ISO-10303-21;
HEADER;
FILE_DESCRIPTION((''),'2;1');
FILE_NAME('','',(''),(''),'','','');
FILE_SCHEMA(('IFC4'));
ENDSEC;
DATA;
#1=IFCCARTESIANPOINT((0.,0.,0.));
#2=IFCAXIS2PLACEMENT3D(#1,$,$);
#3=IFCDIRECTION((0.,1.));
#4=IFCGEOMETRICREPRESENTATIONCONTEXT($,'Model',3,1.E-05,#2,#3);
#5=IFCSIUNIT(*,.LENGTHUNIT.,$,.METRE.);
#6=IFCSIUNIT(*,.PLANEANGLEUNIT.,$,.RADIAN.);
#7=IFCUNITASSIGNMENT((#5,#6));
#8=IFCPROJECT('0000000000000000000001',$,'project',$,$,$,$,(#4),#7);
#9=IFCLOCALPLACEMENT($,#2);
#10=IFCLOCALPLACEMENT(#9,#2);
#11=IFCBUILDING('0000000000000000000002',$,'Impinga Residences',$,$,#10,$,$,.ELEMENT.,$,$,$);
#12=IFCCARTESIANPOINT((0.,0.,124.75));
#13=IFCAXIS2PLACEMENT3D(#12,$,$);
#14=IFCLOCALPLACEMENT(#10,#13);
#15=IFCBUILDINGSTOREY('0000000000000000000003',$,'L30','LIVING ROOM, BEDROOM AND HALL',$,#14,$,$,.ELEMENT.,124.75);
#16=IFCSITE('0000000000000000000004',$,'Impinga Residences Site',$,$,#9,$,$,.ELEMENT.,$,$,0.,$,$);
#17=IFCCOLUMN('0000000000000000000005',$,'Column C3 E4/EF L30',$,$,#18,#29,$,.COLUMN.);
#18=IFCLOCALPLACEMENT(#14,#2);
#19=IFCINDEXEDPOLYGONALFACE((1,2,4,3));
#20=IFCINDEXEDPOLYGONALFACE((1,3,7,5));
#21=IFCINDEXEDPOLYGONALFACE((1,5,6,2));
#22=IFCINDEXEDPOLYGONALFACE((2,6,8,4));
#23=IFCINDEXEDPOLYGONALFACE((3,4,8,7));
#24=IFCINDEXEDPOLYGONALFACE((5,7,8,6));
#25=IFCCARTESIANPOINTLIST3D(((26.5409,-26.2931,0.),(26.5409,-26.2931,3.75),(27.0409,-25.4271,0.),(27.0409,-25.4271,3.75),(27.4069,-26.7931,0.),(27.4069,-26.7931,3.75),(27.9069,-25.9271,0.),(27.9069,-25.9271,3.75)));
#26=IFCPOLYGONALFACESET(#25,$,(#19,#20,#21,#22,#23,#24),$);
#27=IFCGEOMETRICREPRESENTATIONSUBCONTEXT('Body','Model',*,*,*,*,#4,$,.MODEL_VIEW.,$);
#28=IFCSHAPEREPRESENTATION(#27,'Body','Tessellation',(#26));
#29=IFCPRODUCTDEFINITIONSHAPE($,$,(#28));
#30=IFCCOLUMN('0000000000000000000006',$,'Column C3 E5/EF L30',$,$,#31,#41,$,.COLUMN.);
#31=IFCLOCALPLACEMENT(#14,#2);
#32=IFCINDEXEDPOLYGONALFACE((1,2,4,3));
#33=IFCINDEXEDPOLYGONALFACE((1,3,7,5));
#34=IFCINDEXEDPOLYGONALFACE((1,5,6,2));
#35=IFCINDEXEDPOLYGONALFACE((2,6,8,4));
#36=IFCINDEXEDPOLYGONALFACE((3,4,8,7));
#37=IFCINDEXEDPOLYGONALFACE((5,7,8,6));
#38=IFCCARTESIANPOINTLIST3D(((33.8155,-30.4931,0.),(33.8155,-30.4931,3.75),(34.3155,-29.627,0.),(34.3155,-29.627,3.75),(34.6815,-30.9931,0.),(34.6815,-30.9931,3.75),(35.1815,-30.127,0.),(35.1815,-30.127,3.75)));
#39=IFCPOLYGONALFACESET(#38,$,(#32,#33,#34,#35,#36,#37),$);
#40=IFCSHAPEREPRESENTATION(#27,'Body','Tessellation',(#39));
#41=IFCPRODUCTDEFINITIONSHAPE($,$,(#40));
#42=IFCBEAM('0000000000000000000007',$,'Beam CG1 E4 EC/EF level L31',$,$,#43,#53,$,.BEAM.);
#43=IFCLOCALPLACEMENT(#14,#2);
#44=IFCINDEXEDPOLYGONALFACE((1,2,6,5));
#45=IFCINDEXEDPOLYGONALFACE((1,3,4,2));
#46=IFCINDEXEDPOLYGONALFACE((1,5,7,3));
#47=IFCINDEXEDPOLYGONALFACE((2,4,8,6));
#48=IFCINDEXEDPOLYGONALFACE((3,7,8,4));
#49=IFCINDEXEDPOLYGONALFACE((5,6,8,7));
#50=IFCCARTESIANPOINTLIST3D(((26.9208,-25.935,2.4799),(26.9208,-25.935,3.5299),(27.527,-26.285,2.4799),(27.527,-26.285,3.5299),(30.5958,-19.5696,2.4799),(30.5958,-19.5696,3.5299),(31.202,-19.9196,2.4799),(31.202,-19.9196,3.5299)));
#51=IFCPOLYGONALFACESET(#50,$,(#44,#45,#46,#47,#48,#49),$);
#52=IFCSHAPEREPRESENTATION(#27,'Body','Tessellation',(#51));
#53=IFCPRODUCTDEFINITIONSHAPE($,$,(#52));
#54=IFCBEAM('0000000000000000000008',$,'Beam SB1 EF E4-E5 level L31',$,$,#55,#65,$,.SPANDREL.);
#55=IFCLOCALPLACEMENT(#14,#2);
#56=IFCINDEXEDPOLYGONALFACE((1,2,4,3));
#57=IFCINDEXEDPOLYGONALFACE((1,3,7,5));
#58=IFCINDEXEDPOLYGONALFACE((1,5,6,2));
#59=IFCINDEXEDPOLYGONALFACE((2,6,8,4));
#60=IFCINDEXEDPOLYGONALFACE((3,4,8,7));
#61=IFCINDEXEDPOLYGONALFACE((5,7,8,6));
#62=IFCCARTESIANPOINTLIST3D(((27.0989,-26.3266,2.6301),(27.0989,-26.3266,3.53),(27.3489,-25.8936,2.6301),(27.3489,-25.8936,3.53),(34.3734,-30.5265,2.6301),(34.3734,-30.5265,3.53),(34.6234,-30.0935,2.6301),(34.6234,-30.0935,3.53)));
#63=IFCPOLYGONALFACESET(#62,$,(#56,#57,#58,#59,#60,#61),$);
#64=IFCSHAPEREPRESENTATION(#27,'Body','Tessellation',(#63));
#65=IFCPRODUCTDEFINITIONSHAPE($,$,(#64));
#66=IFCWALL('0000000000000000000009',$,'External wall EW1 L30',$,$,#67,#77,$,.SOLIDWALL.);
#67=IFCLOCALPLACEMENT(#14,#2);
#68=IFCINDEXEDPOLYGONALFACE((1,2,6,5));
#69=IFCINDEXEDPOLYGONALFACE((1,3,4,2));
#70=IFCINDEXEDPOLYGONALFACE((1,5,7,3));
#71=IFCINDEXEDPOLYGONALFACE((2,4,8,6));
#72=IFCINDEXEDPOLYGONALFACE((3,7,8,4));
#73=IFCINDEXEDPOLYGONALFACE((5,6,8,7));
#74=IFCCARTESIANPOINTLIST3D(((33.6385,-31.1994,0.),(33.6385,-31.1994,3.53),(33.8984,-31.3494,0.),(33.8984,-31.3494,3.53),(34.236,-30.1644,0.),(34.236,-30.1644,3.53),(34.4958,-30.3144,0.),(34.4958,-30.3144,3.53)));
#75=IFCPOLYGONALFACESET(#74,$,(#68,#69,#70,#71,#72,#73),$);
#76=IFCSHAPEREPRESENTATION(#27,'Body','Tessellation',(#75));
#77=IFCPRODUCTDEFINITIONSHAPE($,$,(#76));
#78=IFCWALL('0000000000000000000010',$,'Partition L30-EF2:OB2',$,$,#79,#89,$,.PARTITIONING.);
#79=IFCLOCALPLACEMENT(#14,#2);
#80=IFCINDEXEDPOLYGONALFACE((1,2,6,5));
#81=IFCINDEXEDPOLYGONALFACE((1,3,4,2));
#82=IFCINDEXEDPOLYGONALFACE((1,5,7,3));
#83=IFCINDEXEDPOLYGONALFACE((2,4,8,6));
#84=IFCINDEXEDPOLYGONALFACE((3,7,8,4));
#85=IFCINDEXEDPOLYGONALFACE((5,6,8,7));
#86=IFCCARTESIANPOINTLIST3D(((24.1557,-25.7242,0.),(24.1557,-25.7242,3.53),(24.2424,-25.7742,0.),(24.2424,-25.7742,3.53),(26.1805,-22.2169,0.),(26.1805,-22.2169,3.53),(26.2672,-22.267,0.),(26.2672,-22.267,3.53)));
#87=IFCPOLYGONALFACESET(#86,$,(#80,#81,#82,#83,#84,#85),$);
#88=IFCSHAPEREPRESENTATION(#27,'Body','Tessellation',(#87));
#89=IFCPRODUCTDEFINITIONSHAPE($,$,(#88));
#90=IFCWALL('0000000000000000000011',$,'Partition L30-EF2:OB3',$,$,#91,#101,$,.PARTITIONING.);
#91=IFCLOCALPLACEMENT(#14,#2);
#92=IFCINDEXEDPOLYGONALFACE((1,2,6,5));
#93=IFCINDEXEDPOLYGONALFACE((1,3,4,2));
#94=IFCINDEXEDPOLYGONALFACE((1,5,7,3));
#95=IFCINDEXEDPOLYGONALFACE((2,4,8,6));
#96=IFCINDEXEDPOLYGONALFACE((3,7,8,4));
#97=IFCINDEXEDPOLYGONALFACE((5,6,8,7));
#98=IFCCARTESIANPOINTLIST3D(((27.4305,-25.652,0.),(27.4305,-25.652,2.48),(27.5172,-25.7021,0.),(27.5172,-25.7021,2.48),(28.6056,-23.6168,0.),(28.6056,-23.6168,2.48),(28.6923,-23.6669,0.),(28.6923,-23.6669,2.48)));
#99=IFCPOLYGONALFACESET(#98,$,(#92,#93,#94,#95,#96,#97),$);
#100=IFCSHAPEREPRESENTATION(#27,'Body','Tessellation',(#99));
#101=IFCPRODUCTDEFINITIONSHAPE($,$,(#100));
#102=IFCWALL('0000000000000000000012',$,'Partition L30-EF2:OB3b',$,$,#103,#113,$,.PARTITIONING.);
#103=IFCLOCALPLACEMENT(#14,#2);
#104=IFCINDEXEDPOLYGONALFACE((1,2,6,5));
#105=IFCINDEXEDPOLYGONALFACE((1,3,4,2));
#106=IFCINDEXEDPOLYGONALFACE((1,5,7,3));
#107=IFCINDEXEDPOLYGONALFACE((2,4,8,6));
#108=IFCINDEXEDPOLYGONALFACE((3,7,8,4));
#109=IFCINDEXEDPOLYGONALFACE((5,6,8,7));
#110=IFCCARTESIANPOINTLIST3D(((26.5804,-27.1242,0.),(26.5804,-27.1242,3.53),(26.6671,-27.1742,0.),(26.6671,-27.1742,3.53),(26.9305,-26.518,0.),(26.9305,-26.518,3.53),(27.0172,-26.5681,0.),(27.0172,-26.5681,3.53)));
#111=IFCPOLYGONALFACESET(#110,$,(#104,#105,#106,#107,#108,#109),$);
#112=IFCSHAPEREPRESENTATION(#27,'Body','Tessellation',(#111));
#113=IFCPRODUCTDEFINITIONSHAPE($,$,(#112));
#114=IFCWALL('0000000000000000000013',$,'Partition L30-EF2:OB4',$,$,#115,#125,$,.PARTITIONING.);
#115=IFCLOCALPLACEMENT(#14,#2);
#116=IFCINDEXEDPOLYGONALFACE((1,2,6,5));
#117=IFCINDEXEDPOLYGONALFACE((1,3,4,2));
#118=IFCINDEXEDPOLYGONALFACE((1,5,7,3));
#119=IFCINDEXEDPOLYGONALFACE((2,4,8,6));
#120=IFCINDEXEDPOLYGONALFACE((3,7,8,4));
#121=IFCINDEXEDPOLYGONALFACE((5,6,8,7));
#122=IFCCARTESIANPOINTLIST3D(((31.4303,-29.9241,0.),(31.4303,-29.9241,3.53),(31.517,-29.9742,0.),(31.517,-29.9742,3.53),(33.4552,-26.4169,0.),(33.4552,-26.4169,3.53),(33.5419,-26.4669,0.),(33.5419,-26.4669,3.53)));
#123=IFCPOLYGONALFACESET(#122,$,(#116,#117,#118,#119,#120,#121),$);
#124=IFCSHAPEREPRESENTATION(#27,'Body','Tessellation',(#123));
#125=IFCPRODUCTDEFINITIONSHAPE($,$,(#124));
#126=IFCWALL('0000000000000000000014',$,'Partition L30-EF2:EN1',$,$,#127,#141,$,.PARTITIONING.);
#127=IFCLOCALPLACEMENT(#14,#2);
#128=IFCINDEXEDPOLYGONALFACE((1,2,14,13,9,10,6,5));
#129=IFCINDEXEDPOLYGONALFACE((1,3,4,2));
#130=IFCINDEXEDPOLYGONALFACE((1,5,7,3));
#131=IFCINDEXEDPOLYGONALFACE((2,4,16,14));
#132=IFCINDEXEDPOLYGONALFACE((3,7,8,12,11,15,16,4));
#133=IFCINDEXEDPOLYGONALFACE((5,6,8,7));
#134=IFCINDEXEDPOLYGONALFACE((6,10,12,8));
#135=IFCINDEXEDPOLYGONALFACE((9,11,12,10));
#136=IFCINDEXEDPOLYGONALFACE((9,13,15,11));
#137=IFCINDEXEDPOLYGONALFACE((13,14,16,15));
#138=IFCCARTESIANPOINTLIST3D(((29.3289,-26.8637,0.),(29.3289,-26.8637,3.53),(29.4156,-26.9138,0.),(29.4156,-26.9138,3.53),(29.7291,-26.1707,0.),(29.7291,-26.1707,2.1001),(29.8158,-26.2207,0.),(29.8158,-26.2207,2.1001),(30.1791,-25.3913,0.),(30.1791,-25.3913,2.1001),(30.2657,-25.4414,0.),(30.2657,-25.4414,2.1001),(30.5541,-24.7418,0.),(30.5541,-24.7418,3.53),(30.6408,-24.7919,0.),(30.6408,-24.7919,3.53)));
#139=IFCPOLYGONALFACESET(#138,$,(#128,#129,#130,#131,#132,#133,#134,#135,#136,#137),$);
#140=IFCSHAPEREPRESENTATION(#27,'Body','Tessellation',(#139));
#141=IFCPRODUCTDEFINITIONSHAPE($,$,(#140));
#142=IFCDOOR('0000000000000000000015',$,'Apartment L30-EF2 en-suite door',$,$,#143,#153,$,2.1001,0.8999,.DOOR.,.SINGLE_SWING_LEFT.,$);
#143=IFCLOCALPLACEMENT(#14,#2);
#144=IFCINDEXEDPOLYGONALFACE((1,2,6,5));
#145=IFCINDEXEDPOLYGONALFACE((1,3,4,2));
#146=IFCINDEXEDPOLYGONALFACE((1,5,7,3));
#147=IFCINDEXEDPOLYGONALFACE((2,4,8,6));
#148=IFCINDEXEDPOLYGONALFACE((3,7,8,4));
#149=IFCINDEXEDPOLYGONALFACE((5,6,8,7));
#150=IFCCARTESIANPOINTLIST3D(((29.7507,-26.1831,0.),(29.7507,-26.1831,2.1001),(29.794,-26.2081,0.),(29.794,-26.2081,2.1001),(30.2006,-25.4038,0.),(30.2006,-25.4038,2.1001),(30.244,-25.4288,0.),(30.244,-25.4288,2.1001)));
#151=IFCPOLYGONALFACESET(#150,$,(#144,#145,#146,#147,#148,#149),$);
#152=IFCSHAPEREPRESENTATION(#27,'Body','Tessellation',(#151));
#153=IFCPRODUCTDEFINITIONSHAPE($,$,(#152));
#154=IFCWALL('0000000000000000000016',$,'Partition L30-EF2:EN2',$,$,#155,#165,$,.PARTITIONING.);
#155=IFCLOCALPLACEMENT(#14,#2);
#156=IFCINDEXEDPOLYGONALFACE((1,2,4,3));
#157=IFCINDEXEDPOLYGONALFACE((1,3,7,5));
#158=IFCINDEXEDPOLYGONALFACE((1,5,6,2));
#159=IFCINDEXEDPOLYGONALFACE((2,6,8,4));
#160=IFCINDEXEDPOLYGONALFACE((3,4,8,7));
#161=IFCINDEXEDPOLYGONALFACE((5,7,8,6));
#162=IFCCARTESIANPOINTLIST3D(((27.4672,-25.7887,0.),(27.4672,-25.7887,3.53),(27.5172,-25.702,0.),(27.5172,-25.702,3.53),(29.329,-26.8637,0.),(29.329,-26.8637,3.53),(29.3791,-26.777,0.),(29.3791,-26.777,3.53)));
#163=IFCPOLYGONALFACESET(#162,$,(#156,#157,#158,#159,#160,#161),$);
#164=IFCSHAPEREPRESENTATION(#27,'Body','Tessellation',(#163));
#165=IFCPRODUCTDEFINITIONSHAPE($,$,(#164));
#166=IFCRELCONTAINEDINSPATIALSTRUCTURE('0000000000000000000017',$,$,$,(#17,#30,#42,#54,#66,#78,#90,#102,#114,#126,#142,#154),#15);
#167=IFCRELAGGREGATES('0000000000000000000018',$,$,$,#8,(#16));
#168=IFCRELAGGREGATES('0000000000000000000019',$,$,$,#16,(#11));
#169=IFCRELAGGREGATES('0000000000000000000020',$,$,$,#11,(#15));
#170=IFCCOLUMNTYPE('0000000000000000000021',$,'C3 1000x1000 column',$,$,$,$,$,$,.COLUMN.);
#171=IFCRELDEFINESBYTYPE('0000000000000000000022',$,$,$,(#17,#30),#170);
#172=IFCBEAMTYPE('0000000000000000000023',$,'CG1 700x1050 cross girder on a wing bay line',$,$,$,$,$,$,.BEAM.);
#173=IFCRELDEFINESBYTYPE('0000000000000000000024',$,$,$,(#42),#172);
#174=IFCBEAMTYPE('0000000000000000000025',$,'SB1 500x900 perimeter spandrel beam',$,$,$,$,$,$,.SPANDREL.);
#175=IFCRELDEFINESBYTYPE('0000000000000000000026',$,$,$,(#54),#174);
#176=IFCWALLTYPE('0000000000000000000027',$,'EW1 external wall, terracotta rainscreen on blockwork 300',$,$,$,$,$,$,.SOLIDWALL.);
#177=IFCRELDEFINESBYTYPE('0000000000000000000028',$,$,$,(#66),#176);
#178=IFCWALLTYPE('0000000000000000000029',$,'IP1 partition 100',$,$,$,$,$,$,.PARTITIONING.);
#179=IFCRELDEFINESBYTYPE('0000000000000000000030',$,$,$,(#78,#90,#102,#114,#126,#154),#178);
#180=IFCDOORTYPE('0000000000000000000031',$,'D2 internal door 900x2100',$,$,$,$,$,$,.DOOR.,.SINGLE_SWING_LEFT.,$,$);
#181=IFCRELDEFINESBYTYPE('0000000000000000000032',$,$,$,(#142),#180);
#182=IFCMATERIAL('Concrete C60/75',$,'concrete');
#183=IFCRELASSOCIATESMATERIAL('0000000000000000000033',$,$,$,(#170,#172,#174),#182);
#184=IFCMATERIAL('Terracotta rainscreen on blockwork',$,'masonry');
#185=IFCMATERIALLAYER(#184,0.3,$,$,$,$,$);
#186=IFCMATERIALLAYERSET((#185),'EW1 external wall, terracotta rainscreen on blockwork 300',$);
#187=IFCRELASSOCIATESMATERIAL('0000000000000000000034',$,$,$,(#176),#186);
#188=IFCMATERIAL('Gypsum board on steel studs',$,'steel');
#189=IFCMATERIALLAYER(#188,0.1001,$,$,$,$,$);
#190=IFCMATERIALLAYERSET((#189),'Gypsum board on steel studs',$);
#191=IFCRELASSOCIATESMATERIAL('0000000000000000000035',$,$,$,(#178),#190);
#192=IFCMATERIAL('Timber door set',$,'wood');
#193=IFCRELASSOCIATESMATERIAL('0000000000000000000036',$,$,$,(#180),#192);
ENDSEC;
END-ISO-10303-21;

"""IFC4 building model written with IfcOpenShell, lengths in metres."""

from ifc_helpers import new_model, si_unit, direction, frame, frame_2d, origin, origin_2d, place, context, subcontext, project, spatial, rectangle, extrude, material, layer, layer_set, material_profile, profile_set, type_object, element, fill, save


model = new_model("IFC4")

# Units and contexts
model_context = context("Model", 3, precision=1e-05, world=origin(), true_north=direction((0.0, 1.0)))
body_context = subcontext(model_context, "Body", "Model", "MODEL_VIEW")
ifc_project = project(units=[si_unit("LENGTHUNIT", "METRE"), si_unit("PLANEANGLEUNIT", "RADIAN")], contexts=[model_context])

# Site, building, storey
site_placement = place(None, origin())
site = spatial("IfcSite", under=ifc_project, at=site_placement, Name="Impinga Residences Site", CompositionType="ELEMENT", RefElevation=0.0)
building_placement = place(site_placement, origin())
building = spatial("IfcBuilding", under=site, at=building_placement, Name="Impinga Residences", CompositionType="ELEMENT")
storey_placement = place(building_placement, frame((0.0, 0.0, 124.75)))
storey = spatial("IfcBuildingStorey", under=building, at=storey_placement, Name="L30", Description="LIVING ROOM, BEDROOM AND HALL", CompositionType="ELEMENT", Elevation=124.75)

# Columns
ifc_material_1 = material(Name="Concrete C60/75", Category="concrete")
ifc_material_profile_1 = material_profile(ifc_material_1, rectangle(XDim=1.0, YDim=1.0, at=origin_2d()), Name="RC 1000x1000")
ifc_profile_set_1 = profile_set([ifc_material_profile_1], Name="Concrete C60/75")
column_type = type_object("IfcColumnType", Name="C3 1000x1000 column", PredefinedType="COLUMN", material=ifc_profile_set_1)
for number, where, z_axis, x_axis, name in (
    (1, (27.2239, -26.1101, 0.0), (0.0, 0.0, 1.0), (-0.5, -0.866025, 0.0), "Column C3 E4/EF L30"),
    (2, (34.4985, -30.3101, 0.0), (0.0, 0.0, 1.0), (-0.5, -0.866025, 0.0), "Column C3 E5/EF L30"),
):
    element("IfcColumn", number, at=place(storey_placement, frame(where, z_axis=z_axis, x_axis=x_axis)), inside=storey, type_object=column_type, Name=name, PredefinedType="COLUMN", context=body_context, shape_type="SweptSolid", body=[
        extrude(rectangle(XDim=1.0, YDim=1.0, at=origin_2d()), origin(), (0.0, 0.0, 1.0), 3.75),
    ])

# Beams
ifc_material_profile_2 = material_profile(ifc_material_1, rectangle(XDim=0.7, YDim=1.05, at=origin_2d()), Name="RC 700x1050")
ifc_profile_set_2 = profile_set([ifc_material_profile_2], Name="Concrete C60/75")
beam_type_1 = type_object("IfcBeamType", Name="CG1 700x1050 cross girder on a wing bay line", PredefinedType="BEAM", material=ifc_profile_set_2)
beam_1_placement = place(storey_placement, frame((30.8989, -19.7446, 3.0049), z_axis=(-0.499994, -0.866029, 0.0), x_axis=(0.866029, -0.499994, 0.0)))
element("IfcBeam", 3, at=beam_1_placement, inside=storey, type_object=beam_type_1, Name="Beam CG1 E4 EC/EF level L31", PredefinedType="BEAM", context=body_context, shape_type="SweptSolid", body=[
    extrude(rectangle(XDim=0.7, YDim=1.05, at=origin_2d()), origin(), (0.0, 0.0, 1.0), 7.3501),
])
ifc_material_profile_3 = material_profile(ifc_material_1, rectangle(XDim=0.5, YDim=0.8999, at=origin_2d()), Name="RC 500x900")
ifc_profile_set_3 = profile_set([ifc_material_profile_3], Name="Concrete C60/75")
beam_type_2 = type_object("IfcBeamType", Name="SB1 500x900 perimeter spandrel beam", PredefinedType="SPANDREL", material=ifc_profile_set_3)
beam_2_placement = place(storey_placement, frame((27.2239, -26.1101, 3.0801), z_axis=(0.866029, -0.499993, 0.0), x_axis=(0.499993, 0.866029, 0.0)))
element("IfcBeam", 4, at=beam_2_placement, inside=storey, type_object=beam_type_2, Name="Beam SB1 EF E4-E5 level L31", PredefinedType="SPANDREL", context=body_context, shape_type="SweptSolid", body=[
    extrude(rectangle(XDim=0.5, YDim=0.8999, at=origin_2d()), origin(), (0.0, 0.0, 1.0), 8.3999),
])

# Wall
ifc_material_2 = material(Name="Terracotta rainscreen on blockwork", Category="masonry")
ifc_layer_1 = layer(ifc_material_2, 0.3)
ifc_layer_set_1 = layer_set([ifc_layer_1], Name="EW1 external wall, terracotta rainscreen on blockwork 300")
wall_type_1 = type_object("IfcWallType", Name="EW1 external wall, terracotta rainscreen on blockwork 300", PredefinedType="SOLIDWALL", material=ifc_layer_set_1)
wall_1_placement = place(storey_placement, frame((34.366, -30.2393, 0.0), z_axis=(0.0, 0.0, 1.0), x_axis=(-0.499941, -0.86606, 0.0)))
element("IfcWall", 5, at=wall_1_placement, inside=storey, type_object=wall_type_1, Name="External wall EW1 L30", PredefinedType="SOLIDWALL", context=body_context, shape_type="SweptSolid", body=[
    extrude(rectangle(XDim=1.1951, YDim=0.3, at=frame_2d((0.5977, 0.0))), origin(), (0.0, 0.0, 1.0), 3.53),
])

# Walls
ifc_material_3 = material(Name="Gypsum board on steel studs", Category="steel")
ifc_layer_2 = layer(ifc_material_3, 0.1001)
ifc_layer_set_2 = layer_set([ifc_layer_2], Name="Gypsum board on steel studs")
wall_type_2 = type_object("IfcWallType", Name="IP1 partition 100", PredefinedType="PARTITIONING", material=ifc_layer_set_2)
wall_2_placement = place(storey_placement, frame((26.2239, -22.2419, 0.0), z_axis=(0.0, 0.0, 1.0), x_axis=(-0.49999, -0.866031, 0.0)))
element("IfcWall", 6, at=wall_2_placement, inside=storey, type_object=wall_type_2, Name="Partition L30-EF2:OB2", PredefinedType="PARTITIONING", context=body_context, shape_type="SweptSolid", body=[
    extrude(rectangle(XDim=4.0498, YDim=0.1001, at=frame_2d((2.0249, 0.0))), origin(), (0.0, 0.0, 1.0), 3.53),
])
wall_3_placement = place(storey_placement, frame((28.6489, -23.6418, 0.0), z_axis=(0.0, 0.0, 1.0), x_axis=(-0.500016, -0.866016, 0.0)))
element("IfcWall", 7, at=wall_3_placement, inside=storey, type_object=wall_type_2, Name="Partition L30-EF2:OB3", PredefinedType="PARTITIONING", context=body_context, shape_type="SweptSolid", body=[
    extrude(rectangle(XDim=2.3501, YDim=0.1001, at=frame_2d((1.175, 0.0))), origin(), (0.0, 0.0, 1.0), 2.48),
])
wall_4_placement = place(storey_placement, frame((26.9739, -26.543, 0.0), z_axis=(0.0, 0.0, 1.0), x_axis=(-0.500115, -0.865959, 0.0)))
element("IfcWall", 8, at=wall_4_placement, inside=storey, type_object=wall_type_2, Name="Partition L30-EF2:OB3b", PredefinedType="PARTITIONING", context=body_context, shape_type="SweptSolid", body=[
    extrude(rectangle(XDim=0.7, YDim=0.1001, at=frame_2d((0.3501, 0.0))), origin(), (0.0, 0.0, 1.0), 3.53),
])
wall_5_placement = place(storey_placement, frame((33.4985, -26.4419, 0.0), z_axis=(0.0, 0.0, 1.0), x_axis=(-0.49999, -0.866031, 0.0)))
element("IfcWall", 9, at=wall_5_placement, inside=storey, type_object=wall_type_2, Name="Partition L30-EF2:OB4", PredefinedType="PARTITIONING", context=body_context, shape_type="SweptSolid", body=[
    extrude(rectangle(XDim=4.0498, YDim=0.1001, at=frame_2d((2.0249, 0.0))), origin(), (0.0, 0.0, 1.0), 3.53),
])

# Wall, opening, door
wall_6_placement = place(storey_placement, frame((30.5974, -24.7668, 0.0), z_axis=(0.0, 0.0, 1.0), x_axis=(-0.500019, -0.866015, 0.0)))
wall_6 = element("IfcWall", 10, at=wall_6_placement, inside=storey, type_object=wall_type_2, Name="Partition L30-EF2:EN1", PredefinedType="PARTITIONING", context=body_context, shape_type="SweptSolid", body=[
    extrude(rectangle(XDim=2.4502, YDim=0.1001, at=frame_2d((1.2251, 0.0))), origin(), (0.0, 0.0, 1.0), 3.53),
])
opening_1_placement = place(wall_6_placement, frame((0.75, 0.0, 0.0)))
opening_1 = element("IfcOpeningElement", 11, at=opening_1_placement, cuts=wall_6, PredefinedType="OPENING", context=body_context, shape_type="SweptSolid", body=[
    extrude(rectangle(XDim=0.8999, YDim=2.1001, at=frame_2d((0.45, 1.05))), frame((0.0, 0.0601, 0.0), z_axis=(0.0, -1.0, 0.0), x_axis=(1.0, 0.0, 0.0)), (0.0, 0.0, 1.0), 0.1201),
])
ifc_material_4 = material(Name="Timber door set", Category="wood")
door_type = type_object("IfcDoorType", Name="D2 internal door 900x2100", OperationType="SINGLE_SWING_LEFT", PredefinedType="DOOR", material=ifc_material_4)
door_placement = place(opening_1_placement, origin())
door = element("IfcDoor", 12, at=door_placement, inside=storey, type_object=door_type, Name="Apartment L30-EF2 en-suite door", OperationType="SINGLE_SWING_LEFT", OverallHeight=2.1001, OverallWidth=0.8999, PredefinedType="DOOR", context=body_context, shape_type="SweptSolid", body=[
    extrude(rectangle(XDim=0.8999, YDim=2.1001, at=frame_2d((0.45, 1.05))), frame((0.0, 0.0249, 0.0), z_axis=(0.0, -1.0, 0.0), x_axis=(1.0, 0.0, 0.0)), (0.0, 0.0, 1.0), 0.05),
])
fill(opening_1, door)

# Wall
wall_7_placement = place(storey_placement, frame((27.4922, -25.7454, 0.0), z_axis=(0.0, 0.0, 1.0), x_axis=(0.866019, -0.500011, 0.0)))
element("IfcWall", 13, at=wall_7_placement, inside=storey, type_object=wall_type_2, Name="Partition L30-EF2:EN2", PredefinedType="PARTITIONING", context=body_context, shape_type="SweptSolid", body=[
    extrude(rectangle(XDim=2.1499, YDim=0.1001, at=frame_2d((1.075, 0.0))), origin(), (0.0, 0.0, 1.0), 3.53),
])

save(model, "model.ifc")
